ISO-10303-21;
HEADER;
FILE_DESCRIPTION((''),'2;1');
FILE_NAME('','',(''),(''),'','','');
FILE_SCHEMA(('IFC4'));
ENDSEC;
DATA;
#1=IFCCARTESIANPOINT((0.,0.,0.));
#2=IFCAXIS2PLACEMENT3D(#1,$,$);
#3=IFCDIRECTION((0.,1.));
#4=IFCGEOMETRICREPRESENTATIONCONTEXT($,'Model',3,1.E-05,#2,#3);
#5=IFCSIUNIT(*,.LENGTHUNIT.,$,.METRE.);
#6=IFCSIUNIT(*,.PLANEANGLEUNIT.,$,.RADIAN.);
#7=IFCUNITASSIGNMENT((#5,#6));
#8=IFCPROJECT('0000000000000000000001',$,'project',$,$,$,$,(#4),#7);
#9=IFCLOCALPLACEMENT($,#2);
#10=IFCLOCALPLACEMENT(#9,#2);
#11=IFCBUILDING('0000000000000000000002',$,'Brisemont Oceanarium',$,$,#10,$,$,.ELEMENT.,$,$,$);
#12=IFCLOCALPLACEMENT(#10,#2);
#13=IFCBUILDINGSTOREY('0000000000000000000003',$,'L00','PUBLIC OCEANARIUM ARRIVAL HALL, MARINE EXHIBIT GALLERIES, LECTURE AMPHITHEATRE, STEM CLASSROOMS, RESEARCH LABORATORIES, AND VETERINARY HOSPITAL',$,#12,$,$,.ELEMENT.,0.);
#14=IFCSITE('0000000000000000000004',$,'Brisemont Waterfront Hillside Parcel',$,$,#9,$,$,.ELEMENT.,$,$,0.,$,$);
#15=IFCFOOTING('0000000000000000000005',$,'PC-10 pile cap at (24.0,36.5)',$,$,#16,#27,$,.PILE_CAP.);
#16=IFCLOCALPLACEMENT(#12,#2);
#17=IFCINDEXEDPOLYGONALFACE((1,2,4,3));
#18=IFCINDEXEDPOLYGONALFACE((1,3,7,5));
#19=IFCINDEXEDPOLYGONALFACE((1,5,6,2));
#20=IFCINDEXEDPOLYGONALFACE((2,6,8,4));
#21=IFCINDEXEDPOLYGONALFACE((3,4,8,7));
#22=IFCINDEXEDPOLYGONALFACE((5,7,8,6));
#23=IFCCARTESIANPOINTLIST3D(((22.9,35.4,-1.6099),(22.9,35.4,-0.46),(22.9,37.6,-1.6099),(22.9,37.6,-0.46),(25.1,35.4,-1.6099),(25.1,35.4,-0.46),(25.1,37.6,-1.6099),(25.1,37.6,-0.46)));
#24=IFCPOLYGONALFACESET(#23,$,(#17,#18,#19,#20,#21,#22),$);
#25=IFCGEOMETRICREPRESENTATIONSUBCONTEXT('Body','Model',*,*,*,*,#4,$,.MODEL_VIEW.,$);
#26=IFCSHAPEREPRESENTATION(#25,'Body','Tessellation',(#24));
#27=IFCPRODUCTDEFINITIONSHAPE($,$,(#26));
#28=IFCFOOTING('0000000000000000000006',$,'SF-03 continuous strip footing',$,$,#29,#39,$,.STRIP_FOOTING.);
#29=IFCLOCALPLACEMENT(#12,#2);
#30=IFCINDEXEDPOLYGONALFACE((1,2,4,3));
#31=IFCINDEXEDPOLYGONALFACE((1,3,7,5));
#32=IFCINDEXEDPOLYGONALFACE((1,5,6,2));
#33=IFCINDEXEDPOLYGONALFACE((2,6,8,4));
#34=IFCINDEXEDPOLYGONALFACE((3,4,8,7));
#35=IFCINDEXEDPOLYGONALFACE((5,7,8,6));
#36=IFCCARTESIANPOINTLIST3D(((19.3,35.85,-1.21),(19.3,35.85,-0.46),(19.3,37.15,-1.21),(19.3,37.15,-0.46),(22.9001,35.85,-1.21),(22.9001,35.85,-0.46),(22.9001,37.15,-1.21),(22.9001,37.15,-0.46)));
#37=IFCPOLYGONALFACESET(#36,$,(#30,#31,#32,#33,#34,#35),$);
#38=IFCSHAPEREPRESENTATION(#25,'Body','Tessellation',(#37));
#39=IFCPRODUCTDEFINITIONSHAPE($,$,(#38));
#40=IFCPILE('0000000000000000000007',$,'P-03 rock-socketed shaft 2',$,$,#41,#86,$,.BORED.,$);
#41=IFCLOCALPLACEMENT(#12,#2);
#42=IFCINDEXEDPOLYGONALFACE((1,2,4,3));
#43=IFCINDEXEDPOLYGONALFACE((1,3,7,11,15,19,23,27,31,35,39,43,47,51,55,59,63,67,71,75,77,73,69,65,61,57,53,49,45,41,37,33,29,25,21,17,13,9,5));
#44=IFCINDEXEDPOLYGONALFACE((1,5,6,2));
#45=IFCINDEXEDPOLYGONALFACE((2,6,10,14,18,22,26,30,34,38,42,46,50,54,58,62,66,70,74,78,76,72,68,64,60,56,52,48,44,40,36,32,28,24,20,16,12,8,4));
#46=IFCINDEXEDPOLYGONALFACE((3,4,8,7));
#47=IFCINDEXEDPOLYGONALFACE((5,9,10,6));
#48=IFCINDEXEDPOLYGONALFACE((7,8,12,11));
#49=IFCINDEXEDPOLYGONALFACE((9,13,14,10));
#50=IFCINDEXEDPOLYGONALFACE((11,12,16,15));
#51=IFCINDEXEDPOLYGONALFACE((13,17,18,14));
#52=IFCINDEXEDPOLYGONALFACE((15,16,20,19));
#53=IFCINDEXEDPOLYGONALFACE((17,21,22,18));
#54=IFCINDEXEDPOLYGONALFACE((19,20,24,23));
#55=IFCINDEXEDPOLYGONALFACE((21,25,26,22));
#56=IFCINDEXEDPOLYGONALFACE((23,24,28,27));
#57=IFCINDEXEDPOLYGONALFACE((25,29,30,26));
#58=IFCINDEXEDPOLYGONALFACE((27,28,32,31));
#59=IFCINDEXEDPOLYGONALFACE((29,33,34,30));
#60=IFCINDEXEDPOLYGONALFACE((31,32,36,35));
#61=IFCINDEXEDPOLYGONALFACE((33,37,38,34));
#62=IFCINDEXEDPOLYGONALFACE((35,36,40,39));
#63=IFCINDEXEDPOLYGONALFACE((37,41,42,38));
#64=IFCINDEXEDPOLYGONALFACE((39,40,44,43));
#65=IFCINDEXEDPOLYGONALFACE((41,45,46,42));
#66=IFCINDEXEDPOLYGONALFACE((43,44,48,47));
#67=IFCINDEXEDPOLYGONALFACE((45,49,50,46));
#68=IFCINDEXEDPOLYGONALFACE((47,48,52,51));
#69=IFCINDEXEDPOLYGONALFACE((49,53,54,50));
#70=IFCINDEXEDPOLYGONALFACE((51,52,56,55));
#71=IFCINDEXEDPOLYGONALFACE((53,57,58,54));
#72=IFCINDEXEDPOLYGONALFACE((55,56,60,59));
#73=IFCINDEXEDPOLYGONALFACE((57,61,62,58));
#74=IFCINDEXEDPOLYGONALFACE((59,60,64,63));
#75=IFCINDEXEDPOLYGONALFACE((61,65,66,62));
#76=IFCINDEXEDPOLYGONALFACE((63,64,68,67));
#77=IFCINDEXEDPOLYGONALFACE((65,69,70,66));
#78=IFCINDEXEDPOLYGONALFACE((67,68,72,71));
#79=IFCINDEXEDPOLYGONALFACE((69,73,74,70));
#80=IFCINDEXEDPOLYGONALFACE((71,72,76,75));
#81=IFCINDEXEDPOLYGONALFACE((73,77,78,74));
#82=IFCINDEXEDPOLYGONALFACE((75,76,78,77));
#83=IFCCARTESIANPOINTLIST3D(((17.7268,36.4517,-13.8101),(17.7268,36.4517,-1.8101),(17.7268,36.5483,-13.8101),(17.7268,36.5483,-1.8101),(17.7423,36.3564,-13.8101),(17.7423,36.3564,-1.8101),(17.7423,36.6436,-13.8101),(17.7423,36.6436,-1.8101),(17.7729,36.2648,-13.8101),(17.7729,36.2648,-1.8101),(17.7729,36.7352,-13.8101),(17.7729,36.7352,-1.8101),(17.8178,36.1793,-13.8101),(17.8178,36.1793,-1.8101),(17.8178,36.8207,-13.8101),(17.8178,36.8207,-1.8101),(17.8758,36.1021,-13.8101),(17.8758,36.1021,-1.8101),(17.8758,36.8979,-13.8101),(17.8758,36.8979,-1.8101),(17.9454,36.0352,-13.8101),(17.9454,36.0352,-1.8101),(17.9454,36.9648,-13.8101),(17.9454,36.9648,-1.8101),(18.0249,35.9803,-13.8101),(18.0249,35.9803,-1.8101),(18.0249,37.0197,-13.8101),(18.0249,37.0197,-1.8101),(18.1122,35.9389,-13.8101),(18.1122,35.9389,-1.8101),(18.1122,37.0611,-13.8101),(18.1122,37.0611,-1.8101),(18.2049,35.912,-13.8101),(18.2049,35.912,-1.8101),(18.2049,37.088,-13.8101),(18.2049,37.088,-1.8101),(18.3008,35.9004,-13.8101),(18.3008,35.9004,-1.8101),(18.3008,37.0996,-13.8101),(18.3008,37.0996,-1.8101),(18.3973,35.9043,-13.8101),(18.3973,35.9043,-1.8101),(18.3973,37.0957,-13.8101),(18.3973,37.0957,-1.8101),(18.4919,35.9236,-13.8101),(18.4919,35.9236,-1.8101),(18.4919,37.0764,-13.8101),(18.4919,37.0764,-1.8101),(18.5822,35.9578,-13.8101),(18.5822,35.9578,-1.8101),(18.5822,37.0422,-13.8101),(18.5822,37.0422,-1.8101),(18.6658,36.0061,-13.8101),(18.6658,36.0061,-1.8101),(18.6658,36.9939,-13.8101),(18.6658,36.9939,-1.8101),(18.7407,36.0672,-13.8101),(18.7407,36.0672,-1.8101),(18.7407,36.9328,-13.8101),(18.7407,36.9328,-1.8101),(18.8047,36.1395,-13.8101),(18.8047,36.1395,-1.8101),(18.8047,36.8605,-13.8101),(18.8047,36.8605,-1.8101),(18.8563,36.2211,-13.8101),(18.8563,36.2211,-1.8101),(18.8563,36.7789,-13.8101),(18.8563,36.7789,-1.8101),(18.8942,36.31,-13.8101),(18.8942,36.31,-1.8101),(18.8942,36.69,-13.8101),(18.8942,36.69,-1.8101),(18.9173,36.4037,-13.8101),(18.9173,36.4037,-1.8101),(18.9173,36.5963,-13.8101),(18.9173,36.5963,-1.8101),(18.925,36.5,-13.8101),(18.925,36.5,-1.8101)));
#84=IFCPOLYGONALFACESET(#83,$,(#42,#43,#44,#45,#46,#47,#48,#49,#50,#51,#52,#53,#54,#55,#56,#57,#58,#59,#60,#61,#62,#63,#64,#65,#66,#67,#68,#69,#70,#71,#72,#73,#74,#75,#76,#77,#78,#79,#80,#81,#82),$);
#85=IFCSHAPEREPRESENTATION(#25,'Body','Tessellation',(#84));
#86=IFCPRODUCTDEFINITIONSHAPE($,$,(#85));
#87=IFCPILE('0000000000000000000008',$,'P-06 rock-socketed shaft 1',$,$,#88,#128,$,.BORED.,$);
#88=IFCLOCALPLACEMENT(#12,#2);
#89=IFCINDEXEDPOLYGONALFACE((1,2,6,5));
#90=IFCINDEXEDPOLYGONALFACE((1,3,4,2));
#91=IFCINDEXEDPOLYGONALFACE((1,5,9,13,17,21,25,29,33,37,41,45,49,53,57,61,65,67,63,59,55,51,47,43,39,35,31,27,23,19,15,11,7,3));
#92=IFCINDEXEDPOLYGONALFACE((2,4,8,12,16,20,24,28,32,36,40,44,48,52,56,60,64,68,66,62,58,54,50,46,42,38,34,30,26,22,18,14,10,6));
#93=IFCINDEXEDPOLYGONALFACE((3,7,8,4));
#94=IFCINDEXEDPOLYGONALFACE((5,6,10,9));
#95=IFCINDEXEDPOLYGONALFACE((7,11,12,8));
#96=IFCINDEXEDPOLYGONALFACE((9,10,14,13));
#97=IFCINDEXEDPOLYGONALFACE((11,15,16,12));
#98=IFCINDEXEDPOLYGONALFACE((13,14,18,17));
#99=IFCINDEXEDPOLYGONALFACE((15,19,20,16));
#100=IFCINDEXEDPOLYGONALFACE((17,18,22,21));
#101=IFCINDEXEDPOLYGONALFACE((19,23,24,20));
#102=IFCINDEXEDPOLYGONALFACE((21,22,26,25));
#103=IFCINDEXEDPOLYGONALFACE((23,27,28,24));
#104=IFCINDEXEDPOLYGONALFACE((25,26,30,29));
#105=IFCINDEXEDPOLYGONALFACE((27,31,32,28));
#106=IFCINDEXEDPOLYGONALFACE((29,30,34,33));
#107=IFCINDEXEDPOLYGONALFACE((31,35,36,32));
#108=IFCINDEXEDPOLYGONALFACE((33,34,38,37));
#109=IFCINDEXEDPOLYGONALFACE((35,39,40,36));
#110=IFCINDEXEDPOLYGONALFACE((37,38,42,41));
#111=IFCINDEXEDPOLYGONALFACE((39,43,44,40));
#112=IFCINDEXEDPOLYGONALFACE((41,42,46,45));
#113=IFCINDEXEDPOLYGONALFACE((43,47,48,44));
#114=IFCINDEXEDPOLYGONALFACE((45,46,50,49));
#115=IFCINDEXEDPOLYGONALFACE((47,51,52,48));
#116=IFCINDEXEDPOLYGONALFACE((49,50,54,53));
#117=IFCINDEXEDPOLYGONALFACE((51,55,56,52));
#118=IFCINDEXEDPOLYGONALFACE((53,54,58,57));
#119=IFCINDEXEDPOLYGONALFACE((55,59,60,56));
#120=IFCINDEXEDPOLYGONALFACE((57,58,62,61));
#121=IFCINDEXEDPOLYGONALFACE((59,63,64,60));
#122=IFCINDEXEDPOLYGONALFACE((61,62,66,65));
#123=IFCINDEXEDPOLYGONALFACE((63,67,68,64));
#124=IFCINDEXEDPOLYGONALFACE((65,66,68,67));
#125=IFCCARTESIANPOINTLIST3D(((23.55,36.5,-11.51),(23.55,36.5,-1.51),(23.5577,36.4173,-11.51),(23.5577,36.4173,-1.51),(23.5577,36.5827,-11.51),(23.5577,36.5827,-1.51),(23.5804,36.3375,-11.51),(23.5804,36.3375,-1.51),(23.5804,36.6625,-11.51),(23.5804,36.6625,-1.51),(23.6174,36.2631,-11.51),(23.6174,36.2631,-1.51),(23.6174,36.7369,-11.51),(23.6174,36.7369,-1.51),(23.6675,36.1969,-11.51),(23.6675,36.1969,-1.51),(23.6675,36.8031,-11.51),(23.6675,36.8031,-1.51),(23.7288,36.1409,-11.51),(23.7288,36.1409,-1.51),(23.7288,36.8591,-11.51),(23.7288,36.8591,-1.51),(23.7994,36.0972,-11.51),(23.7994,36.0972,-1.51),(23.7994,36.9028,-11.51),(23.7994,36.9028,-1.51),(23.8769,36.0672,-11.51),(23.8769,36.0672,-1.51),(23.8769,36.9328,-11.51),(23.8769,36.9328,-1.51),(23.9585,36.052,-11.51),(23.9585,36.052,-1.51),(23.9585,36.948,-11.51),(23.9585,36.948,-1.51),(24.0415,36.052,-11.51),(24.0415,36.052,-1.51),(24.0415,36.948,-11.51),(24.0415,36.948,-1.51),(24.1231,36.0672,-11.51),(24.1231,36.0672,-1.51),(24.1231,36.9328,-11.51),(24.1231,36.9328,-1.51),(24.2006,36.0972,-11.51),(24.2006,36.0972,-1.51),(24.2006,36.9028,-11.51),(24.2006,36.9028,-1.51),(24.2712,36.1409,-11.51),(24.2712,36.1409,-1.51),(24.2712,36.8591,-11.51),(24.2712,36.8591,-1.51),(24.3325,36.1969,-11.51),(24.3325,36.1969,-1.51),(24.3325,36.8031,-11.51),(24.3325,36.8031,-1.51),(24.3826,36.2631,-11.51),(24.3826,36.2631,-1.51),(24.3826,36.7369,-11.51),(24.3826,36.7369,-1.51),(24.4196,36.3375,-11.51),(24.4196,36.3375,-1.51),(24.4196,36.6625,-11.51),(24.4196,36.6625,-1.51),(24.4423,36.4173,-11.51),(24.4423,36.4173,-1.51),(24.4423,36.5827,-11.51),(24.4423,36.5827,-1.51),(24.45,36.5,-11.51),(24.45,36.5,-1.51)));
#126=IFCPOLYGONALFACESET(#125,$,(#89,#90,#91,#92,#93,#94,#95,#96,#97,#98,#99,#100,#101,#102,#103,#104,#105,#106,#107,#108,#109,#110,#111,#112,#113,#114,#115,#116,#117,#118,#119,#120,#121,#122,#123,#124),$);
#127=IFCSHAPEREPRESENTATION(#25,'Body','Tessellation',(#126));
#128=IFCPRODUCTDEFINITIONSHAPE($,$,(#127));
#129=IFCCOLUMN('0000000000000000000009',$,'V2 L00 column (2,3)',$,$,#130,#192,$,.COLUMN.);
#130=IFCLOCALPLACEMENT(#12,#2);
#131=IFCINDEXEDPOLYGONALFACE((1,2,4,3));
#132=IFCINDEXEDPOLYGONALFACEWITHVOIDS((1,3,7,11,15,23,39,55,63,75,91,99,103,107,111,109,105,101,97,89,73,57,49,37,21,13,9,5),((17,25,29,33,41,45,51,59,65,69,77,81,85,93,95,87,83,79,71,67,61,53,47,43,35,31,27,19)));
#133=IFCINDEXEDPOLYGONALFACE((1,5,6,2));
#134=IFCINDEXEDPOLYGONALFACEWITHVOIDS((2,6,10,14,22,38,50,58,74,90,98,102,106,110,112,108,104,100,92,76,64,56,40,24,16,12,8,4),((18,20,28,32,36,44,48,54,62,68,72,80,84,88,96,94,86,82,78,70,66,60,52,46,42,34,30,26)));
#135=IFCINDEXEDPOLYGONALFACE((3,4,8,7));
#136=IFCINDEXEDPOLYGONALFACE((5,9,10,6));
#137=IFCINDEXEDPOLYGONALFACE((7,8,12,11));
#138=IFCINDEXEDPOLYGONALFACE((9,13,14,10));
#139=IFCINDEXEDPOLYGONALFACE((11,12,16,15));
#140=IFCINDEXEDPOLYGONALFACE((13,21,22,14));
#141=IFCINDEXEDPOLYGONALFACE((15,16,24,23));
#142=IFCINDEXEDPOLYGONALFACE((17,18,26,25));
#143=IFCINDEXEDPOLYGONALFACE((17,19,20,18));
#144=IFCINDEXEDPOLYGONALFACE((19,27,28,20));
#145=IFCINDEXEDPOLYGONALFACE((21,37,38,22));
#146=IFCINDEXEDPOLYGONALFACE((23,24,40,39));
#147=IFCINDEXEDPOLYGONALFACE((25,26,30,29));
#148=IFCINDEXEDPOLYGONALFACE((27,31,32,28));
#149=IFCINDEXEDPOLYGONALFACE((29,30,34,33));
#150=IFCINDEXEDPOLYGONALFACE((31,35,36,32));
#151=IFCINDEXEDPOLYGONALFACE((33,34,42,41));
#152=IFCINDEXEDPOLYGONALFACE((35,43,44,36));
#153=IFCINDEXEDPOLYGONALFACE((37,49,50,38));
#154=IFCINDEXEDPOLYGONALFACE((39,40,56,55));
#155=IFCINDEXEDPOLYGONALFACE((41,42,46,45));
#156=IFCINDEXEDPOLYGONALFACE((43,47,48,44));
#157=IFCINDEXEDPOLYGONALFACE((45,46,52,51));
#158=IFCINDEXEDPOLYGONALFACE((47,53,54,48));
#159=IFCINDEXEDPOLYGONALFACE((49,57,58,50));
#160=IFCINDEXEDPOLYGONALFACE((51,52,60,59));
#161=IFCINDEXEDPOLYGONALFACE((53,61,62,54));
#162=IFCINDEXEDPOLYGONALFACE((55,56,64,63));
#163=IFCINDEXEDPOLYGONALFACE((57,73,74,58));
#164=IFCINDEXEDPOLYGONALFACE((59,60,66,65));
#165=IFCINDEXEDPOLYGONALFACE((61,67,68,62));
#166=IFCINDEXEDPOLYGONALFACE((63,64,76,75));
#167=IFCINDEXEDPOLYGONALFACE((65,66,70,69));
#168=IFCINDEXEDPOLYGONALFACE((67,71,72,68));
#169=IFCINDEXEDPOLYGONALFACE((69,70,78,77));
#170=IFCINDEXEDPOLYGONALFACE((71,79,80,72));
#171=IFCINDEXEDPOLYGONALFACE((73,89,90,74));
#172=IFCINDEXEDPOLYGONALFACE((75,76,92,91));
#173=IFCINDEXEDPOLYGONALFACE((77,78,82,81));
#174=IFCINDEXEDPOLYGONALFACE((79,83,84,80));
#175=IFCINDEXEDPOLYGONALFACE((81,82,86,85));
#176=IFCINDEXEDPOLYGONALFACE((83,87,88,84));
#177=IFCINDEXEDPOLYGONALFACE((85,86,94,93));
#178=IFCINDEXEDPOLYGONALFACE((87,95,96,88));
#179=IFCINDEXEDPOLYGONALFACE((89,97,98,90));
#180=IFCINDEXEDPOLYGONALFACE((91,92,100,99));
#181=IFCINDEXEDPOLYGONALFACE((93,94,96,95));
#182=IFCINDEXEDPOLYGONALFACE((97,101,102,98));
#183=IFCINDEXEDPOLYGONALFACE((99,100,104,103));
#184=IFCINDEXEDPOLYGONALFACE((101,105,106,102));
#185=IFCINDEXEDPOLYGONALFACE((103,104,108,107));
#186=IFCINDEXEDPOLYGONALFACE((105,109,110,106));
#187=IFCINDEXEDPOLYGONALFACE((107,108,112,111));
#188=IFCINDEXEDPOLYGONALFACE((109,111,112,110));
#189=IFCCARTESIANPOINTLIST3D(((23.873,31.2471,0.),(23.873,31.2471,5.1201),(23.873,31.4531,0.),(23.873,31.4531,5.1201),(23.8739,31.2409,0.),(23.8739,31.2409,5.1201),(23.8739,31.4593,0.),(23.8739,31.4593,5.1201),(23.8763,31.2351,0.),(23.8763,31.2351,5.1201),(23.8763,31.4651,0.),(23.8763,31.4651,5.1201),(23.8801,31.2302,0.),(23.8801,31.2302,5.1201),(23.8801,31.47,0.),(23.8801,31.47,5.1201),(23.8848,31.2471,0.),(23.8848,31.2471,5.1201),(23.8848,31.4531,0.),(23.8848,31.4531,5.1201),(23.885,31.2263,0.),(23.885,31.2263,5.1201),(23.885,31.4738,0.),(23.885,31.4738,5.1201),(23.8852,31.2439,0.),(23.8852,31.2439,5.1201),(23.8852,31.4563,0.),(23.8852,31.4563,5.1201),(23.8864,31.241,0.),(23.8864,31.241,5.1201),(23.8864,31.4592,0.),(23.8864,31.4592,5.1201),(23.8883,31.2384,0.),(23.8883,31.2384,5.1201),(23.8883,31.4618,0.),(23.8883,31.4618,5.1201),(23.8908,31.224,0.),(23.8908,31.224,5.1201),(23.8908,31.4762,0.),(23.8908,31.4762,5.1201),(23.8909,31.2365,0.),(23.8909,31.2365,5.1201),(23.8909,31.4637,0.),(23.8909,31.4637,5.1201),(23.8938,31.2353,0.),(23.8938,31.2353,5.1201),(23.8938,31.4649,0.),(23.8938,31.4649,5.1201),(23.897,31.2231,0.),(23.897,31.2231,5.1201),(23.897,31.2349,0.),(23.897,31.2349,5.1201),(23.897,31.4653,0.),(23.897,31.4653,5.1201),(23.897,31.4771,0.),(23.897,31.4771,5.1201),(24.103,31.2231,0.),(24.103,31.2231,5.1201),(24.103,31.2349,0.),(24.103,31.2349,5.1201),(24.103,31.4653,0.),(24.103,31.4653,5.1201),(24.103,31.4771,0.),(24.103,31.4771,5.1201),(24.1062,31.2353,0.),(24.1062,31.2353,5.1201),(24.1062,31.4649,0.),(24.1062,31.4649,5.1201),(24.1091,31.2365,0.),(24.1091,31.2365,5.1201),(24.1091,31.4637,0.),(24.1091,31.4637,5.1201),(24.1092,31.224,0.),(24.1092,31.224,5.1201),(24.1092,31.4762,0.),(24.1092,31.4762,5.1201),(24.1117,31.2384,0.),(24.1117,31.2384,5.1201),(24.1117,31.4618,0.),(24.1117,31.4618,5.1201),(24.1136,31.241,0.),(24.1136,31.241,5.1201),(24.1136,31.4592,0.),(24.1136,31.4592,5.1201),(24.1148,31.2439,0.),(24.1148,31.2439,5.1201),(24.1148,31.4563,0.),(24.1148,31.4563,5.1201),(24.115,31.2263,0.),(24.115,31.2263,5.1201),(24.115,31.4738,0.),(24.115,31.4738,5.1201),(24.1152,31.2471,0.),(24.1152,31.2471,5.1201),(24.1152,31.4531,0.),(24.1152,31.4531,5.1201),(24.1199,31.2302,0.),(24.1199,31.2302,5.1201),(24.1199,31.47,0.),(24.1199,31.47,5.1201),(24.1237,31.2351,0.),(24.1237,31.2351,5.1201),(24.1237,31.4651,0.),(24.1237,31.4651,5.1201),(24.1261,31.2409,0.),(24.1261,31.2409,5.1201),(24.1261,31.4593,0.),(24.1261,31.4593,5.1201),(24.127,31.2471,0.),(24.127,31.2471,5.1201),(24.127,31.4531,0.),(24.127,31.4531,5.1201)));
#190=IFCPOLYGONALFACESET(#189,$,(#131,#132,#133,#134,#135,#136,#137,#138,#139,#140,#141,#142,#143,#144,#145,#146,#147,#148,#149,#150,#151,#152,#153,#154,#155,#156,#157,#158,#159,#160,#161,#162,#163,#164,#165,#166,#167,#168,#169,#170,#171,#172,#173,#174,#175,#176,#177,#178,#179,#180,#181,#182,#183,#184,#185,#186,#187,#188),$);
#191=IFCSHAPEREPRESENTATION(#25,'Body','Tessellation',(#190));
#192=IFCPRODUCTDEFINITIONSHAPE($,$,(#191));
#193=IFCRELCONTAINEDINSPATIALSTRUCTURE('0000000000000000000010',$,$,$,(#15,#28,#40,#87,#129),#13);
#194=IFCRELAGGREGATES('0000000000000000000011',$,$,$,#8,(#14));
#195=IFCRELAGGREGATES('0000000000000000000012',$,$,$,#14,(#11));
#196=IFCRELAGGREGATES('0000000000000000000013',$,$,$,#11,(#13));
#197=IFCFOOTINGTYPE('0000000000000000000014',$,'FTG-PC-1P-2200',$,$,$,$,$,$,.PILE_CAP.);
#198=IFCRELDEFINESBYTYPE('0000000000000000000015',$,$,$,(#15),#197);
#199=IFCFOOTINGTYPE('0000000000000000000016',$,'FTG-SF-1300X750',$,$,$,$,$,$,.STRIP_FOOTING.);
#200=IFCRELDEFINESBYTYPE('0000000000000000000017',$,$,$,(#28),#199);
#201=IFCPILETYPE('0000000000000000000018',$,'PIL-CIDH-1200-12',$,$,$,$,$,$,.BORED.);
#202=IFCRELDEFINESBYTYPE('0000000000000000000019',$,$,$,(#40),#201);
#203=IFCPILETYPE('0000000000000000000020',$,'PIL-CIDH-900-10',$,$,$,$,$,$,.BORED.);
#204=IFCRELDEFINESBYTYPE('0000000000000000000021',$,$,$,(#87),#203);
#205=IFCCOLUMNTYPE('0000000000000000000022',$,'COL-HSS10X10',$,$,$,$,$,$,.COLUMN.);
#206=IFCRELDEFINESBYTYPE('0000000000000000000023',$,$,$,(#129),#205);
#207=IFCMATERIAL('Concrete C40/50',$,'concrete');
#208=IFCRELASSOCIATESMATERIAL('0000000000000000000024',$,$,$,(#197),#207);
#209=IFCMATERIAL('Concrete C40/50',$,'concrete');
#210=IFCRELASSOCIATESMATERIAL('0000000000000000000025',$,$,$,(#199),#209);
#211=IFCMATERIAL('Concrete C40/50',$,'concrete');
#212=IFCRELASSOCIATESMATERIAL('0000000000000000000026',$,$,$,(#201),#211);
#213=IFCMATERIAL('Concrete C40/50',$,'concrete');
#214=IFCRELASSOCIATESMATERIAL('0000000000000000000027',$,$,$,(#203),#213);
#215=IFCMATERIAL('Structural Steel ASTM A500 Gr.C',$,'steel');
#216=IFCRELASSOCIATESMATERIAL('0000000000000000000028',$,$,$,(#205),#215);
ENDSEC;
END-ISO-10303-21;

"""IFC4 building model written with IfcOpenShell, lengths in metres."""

from ifc_helpers import new_model, si_unit, direction, frame, origin, origin_2d, place, context, subcontext, project, spatial, rectangle, hollow_rectangle, circle, extrude, material, material_profile, profile_set, type_object, element, save


model = new_model("IFC4")

# Units and contexts
model_context = context("Model", 3, precision=1e-05, world=origin(), true_north=direction((0.0, 1.0)))
body_context = subcontext(model_context, "Body", "Model", "MODEL_VIEW")
ifc_project = project(units=[si_unit("LENGTHUNIT", "METRE"), si_unit("PLANEANGLEUNIT", "RADIAN")], contexts=[model_context])

# Site, building, storey
site_placement = place(None, origin())
site = spatial("IfcSite", under=ifc_project, at=site_placement, Name="Brisemont Waterfront Hillside Parcel", CompositionType="ELEMENT", RefElevation=0.0)
building_placement = place(site_placement, origin())
building = spatial("IfcBuilding", under=site, at=building_placement, Name="Brisemont Oceanarium", CompositionType="ELEMENT")
storey_placement = place(building_placement, origin())
storey = spatial("IfcBuildingStorey", under=building, at=storey_placement, Name="L00", Description="PUBLIC OCEANARIUM ARRIVAL HALL, MARINE EXHIBIT GALLERIES, LECTURE AMPHITHEATRE, STEM CLASSROOMS, RESEARCH LABORATORIES, AND VETERINARY HOSPITAL", CompositionType="ELEMENT", Elevation=0.0)

# Footings
ifc_material_1 = material(Name="Concrete C40/50", Category="concrete")
footing_type_1 = type_object("IfcFootingType", Name="FTG-PC-1P-2200", PredefinedType="PILE_CAP", material=ifc_material_1)
footing_1_placement = place(storey_placement, frame((24.0, 36.5, -1.6099), z_axis=(0.0, 0.0, 1.0), x_axis=(1.0, 0.0, 0.0)))
element("IfcFooting", 1, at=footing_1_placement, inside=storey, type_object=footing_type_1, Name="PC-10 pile cap at (24.0,36.5)", PredefinedType="PILE_CAP", context=body_context, shape_type="SweptSolid", body=[
    extrude(rectangle(XDim=2.2, YDim=2.2, at=origin_2d()), origin(), (0.0, 0.0, 1.0), 1.1499),
])
ifc_material_2 = material(Name="Concrete C40/50", Category="concrete")
footing_type_2 = type_object("IfcFootingType", Name="FTG-SF-1300X750", PredefinedType="STRIP_FOOTING", material=ifc_material_2)
footing_2_placement = place(storey_placement, frame((21.1001, 36.5, -1.21), z_axis=(0.0, 0.0, 1.0), x_axis=(1.0, 0.0, 0.0)))
element("IfcFooting", 2, at=footing_2_placement, inside=storey, type_object=footing_type_2, Name="SF-03 continuous strip footing", PredefinedType="STRIP_FOOTING", context=body_context, shape_type="SweptSolid", body=[
    extrude(rectangle(XDim=3.6001, YDim=1.3, at=origin_2d()), origin(), (0.0, 0.0, 1.0), 0.75),
])

# Piles
ifc_material_3 = material(Name="Concrete C40/50", Category="concrete")
ifc_material_profile_1 = material_profile(ifc_material_3, circle(Radius=0.6001, at=origin_2d()), Name="CIDH-D1200")
ifc_profile_set_1 = profile_set([ifc_material_profile_1], Name="Concrete C40/50")
pile_type_1 = type_object("IfcPileType", Name="PIL-CIDH-1200-12", PredefinedType="BORED", material=ifc_profile_set_1)
pile_1_placement = place(storey_placement, frame((18.325, 36.5, -1.8101), z_axis=(0.0, 0.0, -1.0), x_axis=(1.0, 0.0, 0.0)))
element("IfcPile", 3, at=pile_1_placement, inside=storey, type_object=pile_type_1, Name="P-03 rock-socketed shaft 2", PredefinedType="BORED", context=body_context, shape_type="SweptSolid", body=[
    extrude(circle(Radius=0.6001, at=origin_2d()), origin(), (0.0, 0.0, 1.0), 12.0),
])
ifc_material_4 = material(Name="Concrete C40/50", Category="concrete")
ifc_material_profile_2 = material_profile(ifc_material_4, circle(Radius=0.45, at=origin_2d()), Name="CIDH-D900")
ifc_profile_set_2 = profile_set([ifc_material_profile_2], Name="Concrete C40/50")
pile_type_2 = type_object("IfcPileType", Name="PIL-CIDH-900-10", PredefinedType="BORED", material=ifc_profile_set_2)
pile_2_placement = place(storey_placement, frame((24.0, 36.5, -1.51), z_axis=(0.0, 0.0, -1.0), x_axis=(1.0, 0.0, 0.0)))
element("IfcPile", 4, at=pile_2_placement, inside=storey, type_object=pile_type_2, Name="P-06 rock-socketed shaft 1", PredefinedType="BORED", context=body_context, shape_type="SweptSolid", body=[
    extrude(circle(Radius=0.45, at=origin_2d()), origin(), (0.0, 0.0, 1.0), 10.0),
])

# Column
ifc_material_5 = material(Name="Structural Steel ASTM A500 Gr.C", Category="steel")
ifc_material_profile_3 = material_profile(ifc_material_5, hollow_rectangle(XDim=0.2539, YDim=0.2539, WallThickness=0.0117, InnerFilletRadius=0.0122, OuterFilletRadius=0.0239, at=origin_2d()), Name="HSS10X10X1/2")
ifc_profile_set_3 = profile_set([ifc_material_profile_3], Name="Structural Steel ASTM A500 Gr.C")
column_type_1 = type_object("IfcColumnType", Name="COL-HSS10X10", PredefinedType="COLUMN", material=ifc_profile_set_3)
column_1_placement = place(storey_placement, frame((24.0, 31.3501, 0.0), z_axis=(0.0, 0.0, 1.0), x_axis=(0.0, 1.0, 0.0)))
element("IfcColumn", 5, at=column_1_placement, inside=storey, type_object=column_type_1, Name="V2 L00 column (2,3)", PredefinedType="COLUMN", context=body_context, shape_type="SweptSolid", body=[
    extrude(hollow_rectangle(XDim=0.2539, YDim=0.2539, WallThickness=0.0117, InnerFilletRadius=0.0122, OuterFilletRadius=0.0239, at=origin_2d()), origin(), (0.0, 0.0, 1.0), 5.1201),
])

save(model, "model.ifc")
